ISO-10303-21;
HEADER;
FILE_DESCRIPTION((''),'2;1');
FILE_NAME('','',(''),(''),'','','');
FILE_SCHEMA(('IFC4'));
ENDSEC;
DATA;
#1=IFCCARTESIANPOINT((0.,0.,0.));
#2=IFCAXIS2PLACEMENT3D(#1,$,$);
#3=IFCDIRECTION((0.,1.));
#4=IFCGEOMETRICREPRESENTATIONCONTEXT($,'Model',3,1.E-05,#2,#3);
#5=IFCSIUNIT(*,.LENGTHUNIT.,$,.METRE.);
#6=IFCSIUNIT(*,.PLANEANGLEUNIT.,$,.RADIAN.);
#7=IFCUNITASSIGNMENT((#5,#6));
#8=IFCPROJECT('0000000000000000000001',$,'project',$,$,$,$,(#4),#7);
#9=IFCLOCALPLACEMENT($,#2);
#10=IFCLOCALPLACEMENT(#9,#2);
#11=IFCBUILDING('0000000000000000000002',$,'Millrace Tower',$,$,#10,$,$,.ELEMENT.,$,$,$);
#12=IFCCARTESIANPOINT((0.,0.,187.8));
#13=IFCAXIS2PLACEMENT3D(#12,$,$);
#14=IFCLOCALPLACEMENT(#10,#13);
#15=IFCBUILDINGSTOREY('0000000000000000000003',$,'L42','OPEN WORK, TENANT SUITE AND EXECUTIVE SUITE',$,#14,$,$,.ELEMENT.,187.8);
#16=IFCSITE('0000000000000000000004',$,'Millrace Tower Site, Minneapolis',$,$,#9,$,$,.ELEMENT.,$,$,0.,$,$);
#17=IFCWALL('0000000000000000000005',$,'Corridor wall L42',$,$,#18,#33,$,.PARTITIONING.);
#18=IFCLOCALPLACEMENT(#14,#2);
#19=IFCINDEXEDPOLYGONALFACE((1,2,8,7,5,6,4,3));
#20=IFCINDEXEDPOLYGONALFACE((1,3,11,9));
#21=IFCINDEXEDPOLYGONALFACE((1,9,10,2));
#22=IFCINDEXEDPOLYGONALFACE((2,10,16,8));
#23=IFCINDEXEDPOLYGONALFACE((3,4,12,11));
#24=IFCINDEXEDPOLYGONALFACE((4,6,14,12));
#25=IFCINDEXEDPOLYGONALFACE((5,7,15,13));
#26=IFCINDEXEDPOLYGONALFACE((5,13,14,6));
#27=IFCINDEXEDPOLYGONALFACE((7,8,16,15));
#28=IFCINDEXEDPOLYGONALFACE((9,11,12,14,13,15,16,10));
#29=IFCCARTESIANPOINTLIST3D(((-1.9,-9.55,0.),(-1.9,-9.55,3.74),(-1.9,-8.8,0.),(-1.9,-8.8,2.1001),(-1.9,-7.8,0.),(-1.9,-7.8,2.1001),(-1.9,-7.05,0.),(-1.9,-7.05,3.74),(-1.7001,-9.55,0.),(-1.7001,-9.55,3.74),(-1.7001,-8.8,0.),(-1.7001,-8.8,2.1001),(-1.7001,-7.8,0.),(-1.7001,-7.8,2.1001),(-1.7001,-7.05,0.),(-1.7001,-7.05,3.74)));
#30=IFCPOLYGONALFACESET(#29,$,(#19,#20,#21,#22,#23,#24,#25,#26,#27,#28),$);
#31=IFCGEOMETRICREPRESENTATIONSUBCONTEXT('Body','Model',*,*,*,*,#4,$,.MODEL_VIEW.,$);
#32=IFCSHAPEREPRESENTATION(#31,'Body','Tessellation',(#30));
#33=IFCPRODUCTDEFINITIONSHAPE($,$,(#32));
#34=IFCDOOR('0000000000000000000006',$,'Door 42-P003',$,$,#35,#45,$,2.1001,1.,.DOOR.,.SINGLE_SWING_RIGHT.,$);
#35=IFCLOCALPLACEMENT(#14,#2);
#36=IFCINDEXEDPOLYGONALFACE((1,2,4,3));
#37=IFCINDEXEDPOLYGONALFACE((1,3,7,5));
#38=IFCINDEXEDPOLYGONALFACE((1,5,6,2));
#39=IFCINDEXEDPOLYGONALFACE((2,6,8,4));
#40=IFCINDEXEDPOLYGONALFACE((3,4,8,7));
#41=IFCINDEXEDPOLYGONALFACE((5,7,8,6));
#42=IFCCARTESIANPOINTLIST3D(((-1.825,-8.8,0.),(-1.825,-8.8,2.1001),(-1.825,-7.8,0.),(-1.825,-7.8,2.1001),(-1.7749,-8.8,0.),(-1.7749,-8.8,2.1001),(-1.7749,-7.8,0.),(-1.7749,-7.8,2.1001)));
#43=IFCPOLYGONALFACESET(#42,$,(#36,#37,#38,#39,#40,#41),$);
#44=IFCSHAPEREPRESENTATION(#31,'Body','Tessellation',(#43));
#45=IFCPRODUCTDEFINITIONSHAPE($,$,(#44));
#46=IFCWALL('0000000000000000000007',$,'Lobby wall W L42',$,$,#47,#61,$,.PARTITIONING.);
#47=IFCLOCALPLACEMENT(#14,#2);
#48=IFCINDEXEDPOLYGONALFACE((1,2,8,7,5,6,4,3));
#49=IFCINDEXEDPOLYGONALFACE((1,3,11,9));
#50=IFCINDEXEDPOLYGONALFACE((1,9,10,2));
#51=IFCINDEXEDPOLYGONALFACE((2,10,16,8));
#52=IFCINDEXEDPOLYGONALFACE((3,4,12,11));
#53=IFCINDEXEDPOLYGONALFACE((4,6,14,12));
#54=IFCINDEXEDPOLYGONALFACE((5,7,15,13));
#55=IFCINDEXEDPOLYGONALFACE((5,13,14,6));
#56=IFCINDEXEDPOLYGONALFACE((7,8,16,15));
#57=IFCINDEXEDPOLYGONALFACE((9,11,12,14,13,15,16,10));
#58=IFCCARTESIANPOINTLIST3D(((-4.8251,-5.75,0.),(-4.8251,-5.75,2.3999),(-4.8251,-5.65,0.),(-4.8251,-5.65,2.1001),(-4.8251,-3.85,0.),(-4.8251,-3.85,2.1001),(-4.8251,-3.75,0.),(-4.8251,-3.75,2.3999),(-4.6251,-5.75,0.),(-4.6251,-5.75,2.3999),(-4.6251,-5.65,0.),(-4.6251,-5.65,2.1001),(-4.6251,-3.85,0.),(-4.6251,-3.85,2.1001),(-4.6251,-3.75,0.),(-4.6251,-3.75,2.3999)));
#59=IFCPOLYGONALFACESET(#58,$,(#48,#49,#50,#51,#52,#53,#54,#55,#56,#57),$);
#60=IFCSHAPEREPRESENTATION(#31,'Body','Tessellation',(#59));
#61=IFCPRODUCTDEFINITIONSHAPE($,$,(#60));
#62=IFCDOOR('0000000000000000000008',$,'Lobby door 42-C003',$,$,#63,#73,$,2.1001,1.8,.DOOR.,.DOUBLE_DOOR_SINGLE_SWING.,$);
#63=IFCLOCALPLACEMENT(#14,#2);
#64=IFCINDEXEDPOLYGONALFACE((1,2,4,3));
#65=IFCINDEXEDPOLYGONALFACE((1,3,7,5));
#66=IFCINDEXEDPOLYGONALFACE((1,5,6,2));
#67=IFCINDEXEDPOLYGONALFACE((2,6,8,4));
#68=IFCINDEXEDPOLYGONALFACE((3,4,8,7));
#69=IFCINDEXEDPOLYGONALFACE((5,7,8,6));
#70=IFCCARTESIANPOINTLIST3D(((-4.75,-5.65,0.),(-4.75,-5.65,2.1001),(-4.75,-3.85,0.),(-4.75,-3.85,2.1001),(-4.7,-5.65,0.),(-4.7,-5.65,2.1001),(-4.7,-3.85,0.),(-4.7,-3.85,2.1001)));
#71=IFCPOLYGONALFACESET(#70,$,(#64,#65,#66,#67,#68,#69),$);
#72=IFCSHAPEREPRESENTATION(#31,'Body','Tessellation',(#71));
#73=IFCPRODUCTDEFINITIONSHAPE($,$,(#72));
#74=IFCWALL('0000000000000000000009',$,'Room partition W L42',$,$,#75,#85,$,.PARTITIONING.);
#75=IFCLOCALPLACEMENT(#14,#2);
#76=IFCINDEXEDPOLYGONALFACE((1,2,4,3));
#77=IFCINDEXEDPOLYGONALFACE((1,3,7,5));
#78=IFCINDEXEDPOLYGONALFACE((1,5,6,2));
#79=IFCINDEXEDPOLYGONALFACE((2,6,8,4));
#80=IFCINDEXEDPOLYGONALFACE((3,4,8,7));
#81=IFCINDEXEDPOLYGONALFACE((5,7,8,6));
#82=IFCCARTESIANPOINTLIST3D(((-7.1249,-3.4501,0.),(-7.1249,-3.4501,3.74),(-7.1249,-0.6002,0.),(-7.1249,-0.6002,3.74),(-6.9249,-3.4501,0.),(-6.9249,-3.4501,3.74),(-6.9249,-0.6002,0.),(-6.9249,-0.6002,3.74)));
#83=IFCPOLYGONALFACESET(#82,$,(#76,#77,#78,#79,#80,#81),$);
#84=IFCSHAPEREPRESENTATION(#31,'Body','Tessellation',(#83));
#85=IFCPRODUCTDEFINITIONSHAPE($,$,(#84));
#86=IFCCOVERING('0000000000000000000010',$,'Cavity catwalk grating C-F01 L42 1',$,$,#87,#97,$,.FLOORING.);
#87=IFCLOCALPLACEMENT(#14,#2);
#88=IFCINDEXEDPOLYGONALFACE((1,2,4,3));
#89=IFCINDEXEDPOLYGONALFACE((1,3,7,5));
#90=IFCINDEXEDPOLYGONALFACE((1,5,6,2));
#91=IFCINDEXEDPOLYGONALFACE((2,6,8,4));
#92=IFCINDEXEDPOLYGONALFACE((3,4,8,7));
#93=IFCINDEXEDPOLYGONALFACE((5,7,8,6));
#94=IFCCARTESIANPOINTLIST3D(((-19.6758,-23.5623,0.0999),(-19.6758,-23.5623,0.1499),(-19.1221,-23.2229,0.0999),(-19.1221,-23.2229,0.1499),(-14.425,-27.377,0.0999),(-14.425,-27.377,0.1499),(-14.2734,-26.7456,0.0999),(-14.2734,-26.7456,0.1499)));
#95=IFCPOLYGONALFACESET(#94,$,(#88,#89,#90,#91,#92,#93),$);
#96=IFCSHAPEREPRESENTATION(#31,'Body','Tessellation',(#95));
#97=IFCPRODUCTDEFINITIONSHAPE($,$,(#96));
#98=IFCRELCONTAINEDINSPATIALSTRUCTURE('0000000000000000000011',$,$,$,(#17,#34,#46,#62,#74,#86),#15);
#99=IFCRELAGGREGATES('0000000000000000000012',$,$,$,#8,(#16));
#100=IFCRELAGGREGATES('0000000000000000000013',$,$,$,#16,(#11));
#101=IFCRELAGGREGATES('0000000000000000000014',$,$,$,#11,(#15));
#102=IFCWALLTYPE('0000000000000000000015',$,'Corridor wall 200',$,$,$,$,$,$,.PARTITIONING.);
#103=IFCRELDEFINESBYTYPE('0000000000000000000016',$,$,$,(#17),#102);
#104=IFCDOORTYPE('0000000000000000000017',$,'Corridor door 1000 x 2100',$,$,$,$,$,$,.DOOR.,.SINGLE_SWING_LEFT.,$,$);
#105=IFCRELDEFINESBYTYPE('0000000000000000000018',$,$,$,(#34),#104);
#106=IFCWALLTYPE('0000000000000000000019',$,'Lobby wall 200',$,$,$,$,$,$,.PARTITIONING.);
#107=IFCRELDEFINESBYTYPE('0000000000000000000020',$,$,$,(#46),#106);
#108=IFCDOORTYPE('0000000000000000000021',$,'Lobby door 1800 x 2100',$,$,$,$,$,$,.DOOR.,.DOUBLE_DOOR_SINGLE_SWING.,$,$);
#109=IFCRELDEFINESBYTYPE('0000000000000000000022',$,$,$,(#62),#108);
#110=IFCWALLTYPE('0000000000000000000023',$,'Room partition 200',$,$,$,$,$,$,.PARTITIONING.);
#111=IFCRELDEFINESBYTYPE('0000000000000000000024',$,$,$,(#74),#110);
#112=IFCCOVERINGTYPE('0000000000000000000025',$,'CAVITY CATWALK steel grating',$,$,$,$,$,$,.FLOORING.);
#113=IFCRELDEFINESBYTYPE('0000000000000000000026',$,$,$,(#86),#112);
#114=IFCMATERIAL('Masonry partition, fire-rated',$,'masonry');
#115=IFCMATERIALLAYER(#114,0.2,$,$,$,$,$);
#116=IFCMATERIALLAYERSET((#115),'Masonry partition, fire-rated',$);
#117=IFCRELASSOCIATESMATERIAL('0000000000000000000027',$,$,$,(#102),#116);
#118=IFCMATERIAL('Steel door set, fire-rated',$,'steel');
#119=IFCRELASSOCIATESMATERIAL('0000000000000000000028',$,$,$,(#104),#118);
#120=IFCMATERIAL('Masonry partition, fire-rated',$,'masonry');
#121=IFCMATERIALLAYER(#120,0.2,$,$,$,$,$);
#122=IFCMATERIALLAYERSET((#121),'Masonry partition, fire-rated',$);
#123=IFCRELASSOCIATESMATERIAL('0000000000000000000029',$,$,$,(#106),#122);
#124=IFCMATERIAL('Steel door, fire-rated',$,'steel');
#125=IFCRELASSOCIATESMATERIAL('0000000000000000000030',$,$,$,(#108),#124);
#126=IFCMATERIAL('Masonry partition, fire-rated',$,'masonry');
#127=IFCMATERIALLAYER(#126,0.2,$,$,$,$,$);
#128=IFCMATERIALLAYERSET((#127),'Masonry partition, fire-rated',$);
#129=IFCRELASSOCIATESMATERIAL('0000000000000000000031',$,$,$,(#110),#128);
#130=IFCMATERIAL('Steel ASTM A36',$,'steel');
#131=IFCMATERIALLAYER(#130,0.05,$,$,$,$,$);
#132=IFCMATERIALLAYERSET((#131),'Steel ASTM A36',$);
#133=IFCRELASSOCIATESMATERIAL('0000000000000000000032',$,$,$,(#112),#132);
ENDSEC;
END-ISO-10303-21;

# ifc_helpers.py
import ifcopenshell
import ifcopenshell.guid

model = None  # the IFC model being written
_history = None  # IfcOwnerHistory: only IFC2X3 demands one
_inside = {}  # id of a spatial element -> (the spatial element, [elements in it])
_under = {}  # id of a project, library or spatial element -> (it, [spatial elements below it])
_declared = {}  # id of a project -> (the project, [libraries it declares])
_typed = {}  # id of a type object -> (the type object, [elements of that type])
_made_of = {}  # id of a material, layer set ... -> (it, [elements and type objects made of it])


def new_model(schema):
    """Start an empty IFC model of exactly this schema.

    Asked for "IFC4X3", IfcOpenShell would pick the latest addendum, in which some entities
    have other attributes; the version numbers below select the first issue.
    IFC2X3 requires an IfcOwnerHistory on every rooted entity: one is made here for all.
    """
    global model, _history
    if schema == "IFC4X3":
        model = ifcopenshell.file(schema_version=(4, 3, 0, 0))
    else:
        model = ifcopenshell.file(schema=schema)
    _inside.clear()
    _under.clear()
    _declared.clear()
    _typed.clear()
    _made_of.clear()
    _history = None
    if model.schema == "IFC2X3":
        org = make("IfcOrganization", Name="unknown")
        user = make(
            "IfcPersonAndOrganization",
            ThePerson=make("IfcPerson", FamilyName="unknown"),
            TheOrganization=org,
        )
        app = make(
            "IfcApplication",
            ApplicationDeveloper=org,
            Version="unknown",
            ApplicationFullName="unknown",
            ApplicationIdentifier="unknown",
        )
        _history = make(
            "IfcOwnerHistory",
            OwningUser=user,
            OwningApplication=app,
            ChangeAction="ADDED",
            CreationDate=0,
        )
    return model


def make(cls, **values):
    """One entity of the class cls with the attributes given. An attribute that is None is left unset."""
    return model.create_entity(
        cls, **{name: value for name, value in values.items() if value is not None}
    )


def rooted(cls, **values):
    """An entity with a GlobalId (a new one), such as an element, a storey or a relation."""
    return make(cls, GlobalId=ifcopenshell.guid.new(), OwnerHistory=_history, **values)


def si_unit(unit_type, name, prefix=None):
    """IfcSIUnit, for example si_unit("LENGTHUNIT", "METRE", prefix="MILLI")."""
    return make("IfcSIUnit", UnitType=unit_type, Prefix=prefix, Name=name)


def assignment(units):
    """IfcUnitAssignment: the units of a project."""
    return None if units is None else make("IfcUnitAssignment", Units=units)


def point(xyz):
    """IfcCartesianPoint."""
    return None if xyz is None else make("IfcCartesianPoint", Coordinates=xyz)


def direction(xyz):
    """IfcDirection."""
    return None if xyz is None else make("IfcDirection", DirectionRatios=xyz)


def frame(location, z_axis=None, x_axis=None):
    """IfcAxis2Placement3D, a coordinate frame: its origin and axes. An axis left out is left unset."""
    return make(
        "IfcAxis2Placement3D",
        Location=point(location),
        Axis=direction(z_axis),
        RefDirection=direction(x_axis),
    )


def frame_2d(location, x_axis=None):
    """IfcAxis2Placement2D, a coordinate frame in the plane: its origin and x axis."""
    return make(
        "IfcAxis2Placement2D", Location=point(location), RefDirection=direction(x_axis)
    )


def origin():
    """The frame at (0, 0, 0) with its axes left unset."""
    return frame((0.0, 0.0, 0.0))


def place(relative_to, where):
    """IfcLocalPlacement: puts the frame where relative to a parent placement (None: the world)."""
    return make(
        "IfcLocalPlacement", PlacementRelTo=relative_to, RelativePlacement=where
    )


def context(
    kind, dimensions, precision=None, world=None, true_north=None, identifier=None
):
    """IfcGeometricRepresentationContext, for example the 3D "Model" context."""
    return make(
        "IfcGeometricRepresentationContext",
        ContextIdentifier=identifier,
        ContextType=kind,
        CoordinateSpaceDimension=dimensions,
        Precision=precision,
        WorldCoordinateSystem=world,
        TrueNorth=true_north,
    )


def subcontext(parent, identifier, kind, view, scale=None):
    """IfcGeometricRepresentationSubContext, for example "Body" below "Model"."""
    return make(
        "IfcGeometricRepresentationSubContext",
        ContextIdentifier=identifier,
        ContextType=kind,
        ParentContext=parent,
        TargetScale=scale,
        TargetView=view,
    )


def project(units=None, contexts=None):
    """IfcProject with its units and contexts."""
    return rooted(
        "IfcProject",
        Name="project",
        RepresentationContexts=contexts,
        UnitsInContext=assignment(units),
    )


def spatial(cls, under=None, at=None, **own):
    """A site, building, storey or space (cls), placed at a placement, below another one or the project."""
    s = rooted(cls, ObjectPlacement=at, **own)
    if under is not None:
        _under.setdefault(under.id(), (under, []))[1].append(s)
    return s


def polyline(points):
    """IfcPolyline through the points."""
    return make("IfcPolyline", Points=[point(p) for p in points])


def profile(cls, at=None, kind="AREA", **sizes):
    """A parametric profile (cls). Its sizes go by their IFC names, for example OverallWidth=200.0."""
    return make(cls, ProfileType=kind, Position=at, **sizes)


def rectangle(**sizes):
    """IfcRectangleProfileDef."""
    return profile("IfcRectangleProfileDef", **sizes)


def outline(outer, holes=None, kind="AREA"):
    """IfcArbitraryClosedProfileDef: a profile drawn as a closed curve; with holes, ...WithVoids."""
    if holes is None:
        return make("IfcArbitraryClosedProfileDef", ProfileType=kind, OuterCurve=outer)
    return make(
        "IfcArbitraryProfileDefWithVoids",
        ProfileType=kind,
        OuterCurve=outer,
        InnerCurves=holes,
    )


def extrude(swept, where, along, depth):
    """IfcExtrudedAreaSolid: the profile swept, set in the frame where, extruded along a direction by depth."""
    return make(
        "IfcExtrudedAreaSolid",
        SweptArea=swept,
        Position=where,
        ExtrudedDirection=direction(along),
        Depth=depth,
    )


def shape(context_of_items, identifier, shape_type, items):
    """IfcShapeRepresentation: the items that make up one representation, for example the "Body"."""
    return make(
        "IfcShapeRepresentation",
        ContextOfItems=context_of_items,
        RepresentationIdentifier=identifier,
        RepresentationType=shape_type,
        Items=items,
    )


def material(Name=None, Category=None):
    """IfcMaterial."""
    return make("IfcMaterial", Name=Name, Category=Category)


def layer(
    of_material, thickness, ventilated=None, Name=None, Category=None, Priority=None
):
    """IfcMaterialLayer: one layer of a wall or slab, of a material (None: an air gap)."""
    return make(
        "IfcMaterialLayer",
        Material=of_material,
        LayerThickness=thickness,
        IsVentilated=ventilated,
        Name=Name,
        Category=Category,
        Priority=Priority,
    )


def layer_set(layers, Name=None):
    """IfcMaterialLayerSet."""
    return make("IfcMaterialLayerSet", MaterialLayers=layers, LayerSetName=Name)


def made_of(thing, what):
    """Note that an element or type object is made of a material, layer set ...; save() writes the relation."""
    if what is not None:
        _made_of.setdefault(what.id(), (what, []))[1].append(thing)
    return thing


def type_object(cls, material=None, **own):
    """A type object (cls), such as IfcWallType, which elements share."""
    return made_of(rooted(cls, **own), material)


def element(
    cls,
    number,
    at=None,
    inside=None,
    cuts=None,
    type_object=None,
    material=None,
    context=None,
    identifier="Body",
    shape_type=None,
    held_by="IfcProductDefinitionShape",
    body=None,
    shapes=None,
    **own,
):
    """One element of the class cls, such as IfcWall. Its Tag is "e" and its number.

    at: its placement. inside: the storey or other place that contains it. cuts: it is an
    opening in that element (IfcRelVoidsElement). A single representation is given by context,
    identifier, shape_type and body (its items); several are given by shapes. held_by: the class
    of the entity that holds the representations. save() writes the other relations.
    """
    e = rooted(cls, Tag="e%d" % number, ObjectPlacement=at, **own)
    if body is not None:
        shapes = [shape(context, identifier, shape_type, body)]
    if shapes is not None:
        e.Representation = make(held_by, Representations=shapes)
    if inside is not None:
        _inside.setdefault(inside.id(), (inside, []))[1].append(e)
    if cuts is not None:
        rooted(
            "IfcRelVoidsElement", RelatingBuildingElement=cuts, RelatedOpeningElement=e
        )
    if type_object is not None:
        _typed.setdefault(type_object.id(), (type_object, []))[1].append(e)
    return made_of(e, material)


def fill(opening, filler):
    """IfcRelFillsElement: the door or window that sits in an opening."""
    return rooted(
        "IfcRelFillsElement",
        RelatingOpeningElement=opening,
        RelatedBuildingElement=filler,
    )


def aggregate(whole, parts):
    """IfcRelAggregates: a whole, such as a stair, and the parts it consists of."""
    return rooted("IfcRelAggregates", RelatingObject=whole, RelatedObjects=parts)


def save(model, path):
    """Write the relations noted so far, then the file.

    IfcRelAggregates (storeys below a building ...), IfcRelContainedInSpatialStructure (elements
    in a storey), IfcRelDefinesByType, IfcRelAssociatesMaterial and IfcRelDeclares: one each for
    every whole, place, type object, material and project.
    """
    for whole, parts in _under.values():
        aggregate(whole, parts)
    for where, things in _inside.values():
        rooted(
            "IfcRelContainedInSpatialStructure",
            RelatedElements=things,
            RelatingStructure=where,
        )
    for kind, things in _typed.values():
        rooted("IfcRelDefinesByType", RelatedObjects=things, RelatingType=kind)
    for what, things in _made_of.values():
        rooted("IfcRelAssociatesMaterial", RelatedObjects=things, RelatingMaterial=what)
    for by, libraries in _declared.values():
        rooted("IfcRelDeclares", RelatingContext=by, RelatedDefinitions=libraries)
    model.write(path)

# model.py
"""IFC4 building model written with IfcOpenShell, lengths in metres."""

from ifc_helpers import new_model, si_unit, direction, frame, frame_2d, origin, place, context, subcontext, project, spatial, polyline, rectangle, outline, extrude, material, layer, layer_set, type_object, element, fill, save


model = new_model("IFC4")

# Units and contexts
model_context = context("Model", 3, precision=1e-05, world=origin(), true_north=direction((0.0, 1.0)))
body_context = subcontext(model_context, "Body", "Model", "MODEL_VIEW")
ifc_project = project(units=[si_unit("LENGTHUNIT", "METRE"), si_unit("PLANEANGLEUNIT", "RADIAN")], contexts=[model_context])

# Site, building, storey
site_placement = place(None, origin())
site = spatial("IfcSite", under=ifc_project, at=site_placement, Name="Millrace Tower Site, Minneapolis", CompositionType="ELEMENT", RefElevation=0.0)
building_placement = place(site_placement, origin())
building = spatial("IfcBuilding", under=site, at=building_placement, Name="Millrace Tower", CompositionType="ELEMENT")
storey_placement = place(building_placement, frame((0.0, 0.0, 187.8)))
storey = spatial("IfcBuildingStorey", under=building, at=storey_placement, Name="L42", Description="OPEN WORK, TENANT SUITE AND EXECUTIVE SUITE", CompositionType="ELEMENT", Elevation=187.8)

# Shared definitions
ifc_material_1 = material(Name="Masonry partition, fire-rated", Category="masonry")
ifc_layer_1 = layer(ifc_material_1, 0.2)
ifc_layer_set_1 = layer_set([ifc_layer_1], Name="Masonry partition, fire-rated")
wall_type_1 = type_object("IfcWallType", Name="Corridor wall 200", PredefinedType="PARTITIONING", material=ifc_layer_set_1)

# Walls, openings, doors
wall_1_placement = place(storey_placement, frame((-1.8, -9.55, 0.0), z_axis=(0.0, 0.0, 1.0), x_axis=(0.0, 1.0, 0.0)))
wall_1 = element("IfcWall", 1, at=wall_1_placement, inside=storey, type_object=wall_type_1, Name="Corridor wall L42", PredefinedType="PARTITIONING", context=body_context, shape_type="SweptSolid", body=[
    extrude(rectangle(XDim=2.5, YDim=0.2, at=frame_2d((1.25, 0.0))), origin(), (0.0, 0.0, 1.0), 3.74),
])
opening_1_placement = place(wall_1_placement, frame((0.75, 0.0, 0.0)))
opening_1 = element("IfcOpeningElement", 2, at=opening_1_placement, cuts=wall_1, PredefinedType="OPENING", context=body_context, shape_type="SweptSolid", body=[
    extrude(rectangle(XDim=1.0, YDim=2.1001, at=frame_2d((0.5, 1.05))), frame((0.0, 0.1099, 0.0), z_axis=(0.0, -1.0, 0.0), x_axis=(1.0, 0.0, 0.0)), (0.0, 0.0, 1.0), 0.22),
])
ifc_material_2 = material(Name="Steel door set, fire-rated", Category="steel")
door_type_1 = type_object("IfcDoorType", Name="Corridor door 1000 x 2100", OperationType="SINGLE_SWING_LEFT", PredefinedType="DOOR", material=ifc_material_2)
door_1_placement = place(opening_1_placement, origin())
door_1 = element("IfcDoor", 3, at=door_1_placement, inside=storey, type_object=door_type_1, Name="Door 42-P003", OperationType="SINGLE_SWING_RIGHT", OverallHeight=2.1001, OverallWidth=1.0, PredefinedType="DOOR", context=body_context, shape_type="SweptSolid", body=[
    extrude(rectangle(XDim=1.0, YDim=2.1001, at=frame_2d((0.5, 1.05))), frame((0.0, 0.0249, 0.0), z_axis=(0.0, -1.0, 0.0), x_axis=(1.0, 0.0, 0.0)), (0.0, 0.0, 1.0), 0.05),
])
fill(opening_1, door_1)
ifc_material_3 = material(Name="Masonry partition, fire-rated", Category="masonry")
ifc_layer_2 = layer(ifc_material_3, 0.2)
ifc_layer_set_2 = layer_set([ifc_layer_2], Name="Masonry partition, fire-rated")
wall_type_2 = type_object("IfcWallType", Name="Lobby wall 200", PredefinedType="PARTITIONING", material=ifc_layer_set_2)
wall_2_placement = place(storey_placement, frame((-4.7251, -5.75, 0.0), z_axis=(0.0, 0.0, 1.0), x_axis=(0.0, 1.0, 0.0)))
wall_2 = element("IfcWall", 4, at=wall_2_placement, inside=storey, type_object=wall_type_2, Name="Lobby wall W L42", PredefinedType="PARTITIONING", context=body_context, shape_type="SweptSolid", body=[
    extrude(rectangle(XDim=2.0, YDim=0.2, at=frame_2d((1.0, 0.0))), origin(), (0.0, 0.0, 1.0), 2.3999),
])
opening_2_placement = place(wall_2_placement, frame((0.1001, 0.0, 0.0)))
opening_2 = element("IfcOpeningElement", 5, at=opening_2_placement, cuts=wall_2, PredefinedType="OPENING", context=body_context, shape_type="SweptSolid", body=[
    extrude(rectangle(XDim=1.8, YDim=2.1001, at=frame_2d((0.8999, 1.05))), frame((0.0, 0.1099, 0.0), z_axis=(0.0, -1.0, 0.0), x_axis=(1.0, 0.0, 0.0)), (0.0, 0.0, 1.0), 0.22),
])
ifc_material_4 = material(Name="Steel door, fire-rated", Category="steel")
door_type_2 = type_object("IfcDoorType", Name="Lobby door 1800 x 2100", OperationType="DOUBLE_DOOR_SINGLE_SWING", PredefinedType="DOOR", material=ifc_material_4)
door_2_placement = place(opening_2_placement, origin())
door_2 = element("IfcDoor", 6, at=door_2_placement, inside=storey, type_object=door_type_2, Name="Lobby door 42-C003", OperationType="DOUBLE_DOOR_SINGLE_SWING", OverallHeight=2.1001, OverallWidth=1.8, PredefinedType="DOOR", context=body_context, shape_type="SweptSolid", body=[
    extrude(rectangle(XDim=1.8, YDim=2.1001, at=frame_2d((0.8999, 1.05))), frame((0.0, 0.0249, 0.0), z_axis=(0.0, -1.0, 0.0), x_axis=(1.0, 0.0, 0.0)), (0.0, 0.0, 1.0), 0.05),
])
fill(opening_2, door_2)

# Wall
ifc_material_5 = material(Name="Masonry partition, fire-rated", Category="masonry")
ifc_layer_3 = layer(ifc_material_5, 0.2)
ifc_layer_set_3 = layer_set([ifc_layer_3], Name="Masonry partition, fire-rated")
wall_type_3 = type_object("IfcWallType", Name="Room partition 200", PredefinedType="PARTITIONING", material=ifc_layer_set_3)
wall_3_placement = place(storey_placement, frame((-7.0249, -3.45, 0.0), z_axis=(0.0, 0.0, 1.0), x_axis=(0.0, 1.0, 0.0)))
element("IfcWall", 7, at=wall_3_placement, inside=storey, type_object=wall_type_3, Name="Room partition W L42", PredefinedType="PARTITIONING", context=body_context, shape_type="SweptSolid", body=[
    extrude(rectangle(XDim=2.8499, YDim=0.2, at=frame_2d((1.4248, 0.0))), origin(), (0.0, 0.0, 1.0), 3.74),
])

# Covering
ifc_material_6 = material(Name="Steel ASTM A36", Category="steel")
ifc_layer_4 = layer(ifc_material_6, 0.05)
ifc_layer_set_4 = layer_set([ifc_layer_4], Name="Steel ASTM A36")
covering_type = type_object("IfcCoveringType", Name="CAVITY CATWALK steel grating", PredefinedType="FLOORING", material=ifc_layer_set_4)
covering_placement = place(storey_placement, frame((0.0, 0.0, 0.0999)))
element("IfcCovering", 8, at=covering_placement, inside=storey, type_object=covering_type, Name="Cavity catwalk grating C-F01 L42 1", PredefinedType="FLOORING", context=body_context, shape_type="SweptSolid", body=[
    extrude(outline(polyline([(-19.6758, -23.5623), (-14.425, -27.377), (-14.2734, -26.7456), (-19.1221, -23.2229), (-19.6758, -23.5623)])), origin(), (0.0, 0.0, 1.0), 0.05),
])

save(model, "model.ifc")
